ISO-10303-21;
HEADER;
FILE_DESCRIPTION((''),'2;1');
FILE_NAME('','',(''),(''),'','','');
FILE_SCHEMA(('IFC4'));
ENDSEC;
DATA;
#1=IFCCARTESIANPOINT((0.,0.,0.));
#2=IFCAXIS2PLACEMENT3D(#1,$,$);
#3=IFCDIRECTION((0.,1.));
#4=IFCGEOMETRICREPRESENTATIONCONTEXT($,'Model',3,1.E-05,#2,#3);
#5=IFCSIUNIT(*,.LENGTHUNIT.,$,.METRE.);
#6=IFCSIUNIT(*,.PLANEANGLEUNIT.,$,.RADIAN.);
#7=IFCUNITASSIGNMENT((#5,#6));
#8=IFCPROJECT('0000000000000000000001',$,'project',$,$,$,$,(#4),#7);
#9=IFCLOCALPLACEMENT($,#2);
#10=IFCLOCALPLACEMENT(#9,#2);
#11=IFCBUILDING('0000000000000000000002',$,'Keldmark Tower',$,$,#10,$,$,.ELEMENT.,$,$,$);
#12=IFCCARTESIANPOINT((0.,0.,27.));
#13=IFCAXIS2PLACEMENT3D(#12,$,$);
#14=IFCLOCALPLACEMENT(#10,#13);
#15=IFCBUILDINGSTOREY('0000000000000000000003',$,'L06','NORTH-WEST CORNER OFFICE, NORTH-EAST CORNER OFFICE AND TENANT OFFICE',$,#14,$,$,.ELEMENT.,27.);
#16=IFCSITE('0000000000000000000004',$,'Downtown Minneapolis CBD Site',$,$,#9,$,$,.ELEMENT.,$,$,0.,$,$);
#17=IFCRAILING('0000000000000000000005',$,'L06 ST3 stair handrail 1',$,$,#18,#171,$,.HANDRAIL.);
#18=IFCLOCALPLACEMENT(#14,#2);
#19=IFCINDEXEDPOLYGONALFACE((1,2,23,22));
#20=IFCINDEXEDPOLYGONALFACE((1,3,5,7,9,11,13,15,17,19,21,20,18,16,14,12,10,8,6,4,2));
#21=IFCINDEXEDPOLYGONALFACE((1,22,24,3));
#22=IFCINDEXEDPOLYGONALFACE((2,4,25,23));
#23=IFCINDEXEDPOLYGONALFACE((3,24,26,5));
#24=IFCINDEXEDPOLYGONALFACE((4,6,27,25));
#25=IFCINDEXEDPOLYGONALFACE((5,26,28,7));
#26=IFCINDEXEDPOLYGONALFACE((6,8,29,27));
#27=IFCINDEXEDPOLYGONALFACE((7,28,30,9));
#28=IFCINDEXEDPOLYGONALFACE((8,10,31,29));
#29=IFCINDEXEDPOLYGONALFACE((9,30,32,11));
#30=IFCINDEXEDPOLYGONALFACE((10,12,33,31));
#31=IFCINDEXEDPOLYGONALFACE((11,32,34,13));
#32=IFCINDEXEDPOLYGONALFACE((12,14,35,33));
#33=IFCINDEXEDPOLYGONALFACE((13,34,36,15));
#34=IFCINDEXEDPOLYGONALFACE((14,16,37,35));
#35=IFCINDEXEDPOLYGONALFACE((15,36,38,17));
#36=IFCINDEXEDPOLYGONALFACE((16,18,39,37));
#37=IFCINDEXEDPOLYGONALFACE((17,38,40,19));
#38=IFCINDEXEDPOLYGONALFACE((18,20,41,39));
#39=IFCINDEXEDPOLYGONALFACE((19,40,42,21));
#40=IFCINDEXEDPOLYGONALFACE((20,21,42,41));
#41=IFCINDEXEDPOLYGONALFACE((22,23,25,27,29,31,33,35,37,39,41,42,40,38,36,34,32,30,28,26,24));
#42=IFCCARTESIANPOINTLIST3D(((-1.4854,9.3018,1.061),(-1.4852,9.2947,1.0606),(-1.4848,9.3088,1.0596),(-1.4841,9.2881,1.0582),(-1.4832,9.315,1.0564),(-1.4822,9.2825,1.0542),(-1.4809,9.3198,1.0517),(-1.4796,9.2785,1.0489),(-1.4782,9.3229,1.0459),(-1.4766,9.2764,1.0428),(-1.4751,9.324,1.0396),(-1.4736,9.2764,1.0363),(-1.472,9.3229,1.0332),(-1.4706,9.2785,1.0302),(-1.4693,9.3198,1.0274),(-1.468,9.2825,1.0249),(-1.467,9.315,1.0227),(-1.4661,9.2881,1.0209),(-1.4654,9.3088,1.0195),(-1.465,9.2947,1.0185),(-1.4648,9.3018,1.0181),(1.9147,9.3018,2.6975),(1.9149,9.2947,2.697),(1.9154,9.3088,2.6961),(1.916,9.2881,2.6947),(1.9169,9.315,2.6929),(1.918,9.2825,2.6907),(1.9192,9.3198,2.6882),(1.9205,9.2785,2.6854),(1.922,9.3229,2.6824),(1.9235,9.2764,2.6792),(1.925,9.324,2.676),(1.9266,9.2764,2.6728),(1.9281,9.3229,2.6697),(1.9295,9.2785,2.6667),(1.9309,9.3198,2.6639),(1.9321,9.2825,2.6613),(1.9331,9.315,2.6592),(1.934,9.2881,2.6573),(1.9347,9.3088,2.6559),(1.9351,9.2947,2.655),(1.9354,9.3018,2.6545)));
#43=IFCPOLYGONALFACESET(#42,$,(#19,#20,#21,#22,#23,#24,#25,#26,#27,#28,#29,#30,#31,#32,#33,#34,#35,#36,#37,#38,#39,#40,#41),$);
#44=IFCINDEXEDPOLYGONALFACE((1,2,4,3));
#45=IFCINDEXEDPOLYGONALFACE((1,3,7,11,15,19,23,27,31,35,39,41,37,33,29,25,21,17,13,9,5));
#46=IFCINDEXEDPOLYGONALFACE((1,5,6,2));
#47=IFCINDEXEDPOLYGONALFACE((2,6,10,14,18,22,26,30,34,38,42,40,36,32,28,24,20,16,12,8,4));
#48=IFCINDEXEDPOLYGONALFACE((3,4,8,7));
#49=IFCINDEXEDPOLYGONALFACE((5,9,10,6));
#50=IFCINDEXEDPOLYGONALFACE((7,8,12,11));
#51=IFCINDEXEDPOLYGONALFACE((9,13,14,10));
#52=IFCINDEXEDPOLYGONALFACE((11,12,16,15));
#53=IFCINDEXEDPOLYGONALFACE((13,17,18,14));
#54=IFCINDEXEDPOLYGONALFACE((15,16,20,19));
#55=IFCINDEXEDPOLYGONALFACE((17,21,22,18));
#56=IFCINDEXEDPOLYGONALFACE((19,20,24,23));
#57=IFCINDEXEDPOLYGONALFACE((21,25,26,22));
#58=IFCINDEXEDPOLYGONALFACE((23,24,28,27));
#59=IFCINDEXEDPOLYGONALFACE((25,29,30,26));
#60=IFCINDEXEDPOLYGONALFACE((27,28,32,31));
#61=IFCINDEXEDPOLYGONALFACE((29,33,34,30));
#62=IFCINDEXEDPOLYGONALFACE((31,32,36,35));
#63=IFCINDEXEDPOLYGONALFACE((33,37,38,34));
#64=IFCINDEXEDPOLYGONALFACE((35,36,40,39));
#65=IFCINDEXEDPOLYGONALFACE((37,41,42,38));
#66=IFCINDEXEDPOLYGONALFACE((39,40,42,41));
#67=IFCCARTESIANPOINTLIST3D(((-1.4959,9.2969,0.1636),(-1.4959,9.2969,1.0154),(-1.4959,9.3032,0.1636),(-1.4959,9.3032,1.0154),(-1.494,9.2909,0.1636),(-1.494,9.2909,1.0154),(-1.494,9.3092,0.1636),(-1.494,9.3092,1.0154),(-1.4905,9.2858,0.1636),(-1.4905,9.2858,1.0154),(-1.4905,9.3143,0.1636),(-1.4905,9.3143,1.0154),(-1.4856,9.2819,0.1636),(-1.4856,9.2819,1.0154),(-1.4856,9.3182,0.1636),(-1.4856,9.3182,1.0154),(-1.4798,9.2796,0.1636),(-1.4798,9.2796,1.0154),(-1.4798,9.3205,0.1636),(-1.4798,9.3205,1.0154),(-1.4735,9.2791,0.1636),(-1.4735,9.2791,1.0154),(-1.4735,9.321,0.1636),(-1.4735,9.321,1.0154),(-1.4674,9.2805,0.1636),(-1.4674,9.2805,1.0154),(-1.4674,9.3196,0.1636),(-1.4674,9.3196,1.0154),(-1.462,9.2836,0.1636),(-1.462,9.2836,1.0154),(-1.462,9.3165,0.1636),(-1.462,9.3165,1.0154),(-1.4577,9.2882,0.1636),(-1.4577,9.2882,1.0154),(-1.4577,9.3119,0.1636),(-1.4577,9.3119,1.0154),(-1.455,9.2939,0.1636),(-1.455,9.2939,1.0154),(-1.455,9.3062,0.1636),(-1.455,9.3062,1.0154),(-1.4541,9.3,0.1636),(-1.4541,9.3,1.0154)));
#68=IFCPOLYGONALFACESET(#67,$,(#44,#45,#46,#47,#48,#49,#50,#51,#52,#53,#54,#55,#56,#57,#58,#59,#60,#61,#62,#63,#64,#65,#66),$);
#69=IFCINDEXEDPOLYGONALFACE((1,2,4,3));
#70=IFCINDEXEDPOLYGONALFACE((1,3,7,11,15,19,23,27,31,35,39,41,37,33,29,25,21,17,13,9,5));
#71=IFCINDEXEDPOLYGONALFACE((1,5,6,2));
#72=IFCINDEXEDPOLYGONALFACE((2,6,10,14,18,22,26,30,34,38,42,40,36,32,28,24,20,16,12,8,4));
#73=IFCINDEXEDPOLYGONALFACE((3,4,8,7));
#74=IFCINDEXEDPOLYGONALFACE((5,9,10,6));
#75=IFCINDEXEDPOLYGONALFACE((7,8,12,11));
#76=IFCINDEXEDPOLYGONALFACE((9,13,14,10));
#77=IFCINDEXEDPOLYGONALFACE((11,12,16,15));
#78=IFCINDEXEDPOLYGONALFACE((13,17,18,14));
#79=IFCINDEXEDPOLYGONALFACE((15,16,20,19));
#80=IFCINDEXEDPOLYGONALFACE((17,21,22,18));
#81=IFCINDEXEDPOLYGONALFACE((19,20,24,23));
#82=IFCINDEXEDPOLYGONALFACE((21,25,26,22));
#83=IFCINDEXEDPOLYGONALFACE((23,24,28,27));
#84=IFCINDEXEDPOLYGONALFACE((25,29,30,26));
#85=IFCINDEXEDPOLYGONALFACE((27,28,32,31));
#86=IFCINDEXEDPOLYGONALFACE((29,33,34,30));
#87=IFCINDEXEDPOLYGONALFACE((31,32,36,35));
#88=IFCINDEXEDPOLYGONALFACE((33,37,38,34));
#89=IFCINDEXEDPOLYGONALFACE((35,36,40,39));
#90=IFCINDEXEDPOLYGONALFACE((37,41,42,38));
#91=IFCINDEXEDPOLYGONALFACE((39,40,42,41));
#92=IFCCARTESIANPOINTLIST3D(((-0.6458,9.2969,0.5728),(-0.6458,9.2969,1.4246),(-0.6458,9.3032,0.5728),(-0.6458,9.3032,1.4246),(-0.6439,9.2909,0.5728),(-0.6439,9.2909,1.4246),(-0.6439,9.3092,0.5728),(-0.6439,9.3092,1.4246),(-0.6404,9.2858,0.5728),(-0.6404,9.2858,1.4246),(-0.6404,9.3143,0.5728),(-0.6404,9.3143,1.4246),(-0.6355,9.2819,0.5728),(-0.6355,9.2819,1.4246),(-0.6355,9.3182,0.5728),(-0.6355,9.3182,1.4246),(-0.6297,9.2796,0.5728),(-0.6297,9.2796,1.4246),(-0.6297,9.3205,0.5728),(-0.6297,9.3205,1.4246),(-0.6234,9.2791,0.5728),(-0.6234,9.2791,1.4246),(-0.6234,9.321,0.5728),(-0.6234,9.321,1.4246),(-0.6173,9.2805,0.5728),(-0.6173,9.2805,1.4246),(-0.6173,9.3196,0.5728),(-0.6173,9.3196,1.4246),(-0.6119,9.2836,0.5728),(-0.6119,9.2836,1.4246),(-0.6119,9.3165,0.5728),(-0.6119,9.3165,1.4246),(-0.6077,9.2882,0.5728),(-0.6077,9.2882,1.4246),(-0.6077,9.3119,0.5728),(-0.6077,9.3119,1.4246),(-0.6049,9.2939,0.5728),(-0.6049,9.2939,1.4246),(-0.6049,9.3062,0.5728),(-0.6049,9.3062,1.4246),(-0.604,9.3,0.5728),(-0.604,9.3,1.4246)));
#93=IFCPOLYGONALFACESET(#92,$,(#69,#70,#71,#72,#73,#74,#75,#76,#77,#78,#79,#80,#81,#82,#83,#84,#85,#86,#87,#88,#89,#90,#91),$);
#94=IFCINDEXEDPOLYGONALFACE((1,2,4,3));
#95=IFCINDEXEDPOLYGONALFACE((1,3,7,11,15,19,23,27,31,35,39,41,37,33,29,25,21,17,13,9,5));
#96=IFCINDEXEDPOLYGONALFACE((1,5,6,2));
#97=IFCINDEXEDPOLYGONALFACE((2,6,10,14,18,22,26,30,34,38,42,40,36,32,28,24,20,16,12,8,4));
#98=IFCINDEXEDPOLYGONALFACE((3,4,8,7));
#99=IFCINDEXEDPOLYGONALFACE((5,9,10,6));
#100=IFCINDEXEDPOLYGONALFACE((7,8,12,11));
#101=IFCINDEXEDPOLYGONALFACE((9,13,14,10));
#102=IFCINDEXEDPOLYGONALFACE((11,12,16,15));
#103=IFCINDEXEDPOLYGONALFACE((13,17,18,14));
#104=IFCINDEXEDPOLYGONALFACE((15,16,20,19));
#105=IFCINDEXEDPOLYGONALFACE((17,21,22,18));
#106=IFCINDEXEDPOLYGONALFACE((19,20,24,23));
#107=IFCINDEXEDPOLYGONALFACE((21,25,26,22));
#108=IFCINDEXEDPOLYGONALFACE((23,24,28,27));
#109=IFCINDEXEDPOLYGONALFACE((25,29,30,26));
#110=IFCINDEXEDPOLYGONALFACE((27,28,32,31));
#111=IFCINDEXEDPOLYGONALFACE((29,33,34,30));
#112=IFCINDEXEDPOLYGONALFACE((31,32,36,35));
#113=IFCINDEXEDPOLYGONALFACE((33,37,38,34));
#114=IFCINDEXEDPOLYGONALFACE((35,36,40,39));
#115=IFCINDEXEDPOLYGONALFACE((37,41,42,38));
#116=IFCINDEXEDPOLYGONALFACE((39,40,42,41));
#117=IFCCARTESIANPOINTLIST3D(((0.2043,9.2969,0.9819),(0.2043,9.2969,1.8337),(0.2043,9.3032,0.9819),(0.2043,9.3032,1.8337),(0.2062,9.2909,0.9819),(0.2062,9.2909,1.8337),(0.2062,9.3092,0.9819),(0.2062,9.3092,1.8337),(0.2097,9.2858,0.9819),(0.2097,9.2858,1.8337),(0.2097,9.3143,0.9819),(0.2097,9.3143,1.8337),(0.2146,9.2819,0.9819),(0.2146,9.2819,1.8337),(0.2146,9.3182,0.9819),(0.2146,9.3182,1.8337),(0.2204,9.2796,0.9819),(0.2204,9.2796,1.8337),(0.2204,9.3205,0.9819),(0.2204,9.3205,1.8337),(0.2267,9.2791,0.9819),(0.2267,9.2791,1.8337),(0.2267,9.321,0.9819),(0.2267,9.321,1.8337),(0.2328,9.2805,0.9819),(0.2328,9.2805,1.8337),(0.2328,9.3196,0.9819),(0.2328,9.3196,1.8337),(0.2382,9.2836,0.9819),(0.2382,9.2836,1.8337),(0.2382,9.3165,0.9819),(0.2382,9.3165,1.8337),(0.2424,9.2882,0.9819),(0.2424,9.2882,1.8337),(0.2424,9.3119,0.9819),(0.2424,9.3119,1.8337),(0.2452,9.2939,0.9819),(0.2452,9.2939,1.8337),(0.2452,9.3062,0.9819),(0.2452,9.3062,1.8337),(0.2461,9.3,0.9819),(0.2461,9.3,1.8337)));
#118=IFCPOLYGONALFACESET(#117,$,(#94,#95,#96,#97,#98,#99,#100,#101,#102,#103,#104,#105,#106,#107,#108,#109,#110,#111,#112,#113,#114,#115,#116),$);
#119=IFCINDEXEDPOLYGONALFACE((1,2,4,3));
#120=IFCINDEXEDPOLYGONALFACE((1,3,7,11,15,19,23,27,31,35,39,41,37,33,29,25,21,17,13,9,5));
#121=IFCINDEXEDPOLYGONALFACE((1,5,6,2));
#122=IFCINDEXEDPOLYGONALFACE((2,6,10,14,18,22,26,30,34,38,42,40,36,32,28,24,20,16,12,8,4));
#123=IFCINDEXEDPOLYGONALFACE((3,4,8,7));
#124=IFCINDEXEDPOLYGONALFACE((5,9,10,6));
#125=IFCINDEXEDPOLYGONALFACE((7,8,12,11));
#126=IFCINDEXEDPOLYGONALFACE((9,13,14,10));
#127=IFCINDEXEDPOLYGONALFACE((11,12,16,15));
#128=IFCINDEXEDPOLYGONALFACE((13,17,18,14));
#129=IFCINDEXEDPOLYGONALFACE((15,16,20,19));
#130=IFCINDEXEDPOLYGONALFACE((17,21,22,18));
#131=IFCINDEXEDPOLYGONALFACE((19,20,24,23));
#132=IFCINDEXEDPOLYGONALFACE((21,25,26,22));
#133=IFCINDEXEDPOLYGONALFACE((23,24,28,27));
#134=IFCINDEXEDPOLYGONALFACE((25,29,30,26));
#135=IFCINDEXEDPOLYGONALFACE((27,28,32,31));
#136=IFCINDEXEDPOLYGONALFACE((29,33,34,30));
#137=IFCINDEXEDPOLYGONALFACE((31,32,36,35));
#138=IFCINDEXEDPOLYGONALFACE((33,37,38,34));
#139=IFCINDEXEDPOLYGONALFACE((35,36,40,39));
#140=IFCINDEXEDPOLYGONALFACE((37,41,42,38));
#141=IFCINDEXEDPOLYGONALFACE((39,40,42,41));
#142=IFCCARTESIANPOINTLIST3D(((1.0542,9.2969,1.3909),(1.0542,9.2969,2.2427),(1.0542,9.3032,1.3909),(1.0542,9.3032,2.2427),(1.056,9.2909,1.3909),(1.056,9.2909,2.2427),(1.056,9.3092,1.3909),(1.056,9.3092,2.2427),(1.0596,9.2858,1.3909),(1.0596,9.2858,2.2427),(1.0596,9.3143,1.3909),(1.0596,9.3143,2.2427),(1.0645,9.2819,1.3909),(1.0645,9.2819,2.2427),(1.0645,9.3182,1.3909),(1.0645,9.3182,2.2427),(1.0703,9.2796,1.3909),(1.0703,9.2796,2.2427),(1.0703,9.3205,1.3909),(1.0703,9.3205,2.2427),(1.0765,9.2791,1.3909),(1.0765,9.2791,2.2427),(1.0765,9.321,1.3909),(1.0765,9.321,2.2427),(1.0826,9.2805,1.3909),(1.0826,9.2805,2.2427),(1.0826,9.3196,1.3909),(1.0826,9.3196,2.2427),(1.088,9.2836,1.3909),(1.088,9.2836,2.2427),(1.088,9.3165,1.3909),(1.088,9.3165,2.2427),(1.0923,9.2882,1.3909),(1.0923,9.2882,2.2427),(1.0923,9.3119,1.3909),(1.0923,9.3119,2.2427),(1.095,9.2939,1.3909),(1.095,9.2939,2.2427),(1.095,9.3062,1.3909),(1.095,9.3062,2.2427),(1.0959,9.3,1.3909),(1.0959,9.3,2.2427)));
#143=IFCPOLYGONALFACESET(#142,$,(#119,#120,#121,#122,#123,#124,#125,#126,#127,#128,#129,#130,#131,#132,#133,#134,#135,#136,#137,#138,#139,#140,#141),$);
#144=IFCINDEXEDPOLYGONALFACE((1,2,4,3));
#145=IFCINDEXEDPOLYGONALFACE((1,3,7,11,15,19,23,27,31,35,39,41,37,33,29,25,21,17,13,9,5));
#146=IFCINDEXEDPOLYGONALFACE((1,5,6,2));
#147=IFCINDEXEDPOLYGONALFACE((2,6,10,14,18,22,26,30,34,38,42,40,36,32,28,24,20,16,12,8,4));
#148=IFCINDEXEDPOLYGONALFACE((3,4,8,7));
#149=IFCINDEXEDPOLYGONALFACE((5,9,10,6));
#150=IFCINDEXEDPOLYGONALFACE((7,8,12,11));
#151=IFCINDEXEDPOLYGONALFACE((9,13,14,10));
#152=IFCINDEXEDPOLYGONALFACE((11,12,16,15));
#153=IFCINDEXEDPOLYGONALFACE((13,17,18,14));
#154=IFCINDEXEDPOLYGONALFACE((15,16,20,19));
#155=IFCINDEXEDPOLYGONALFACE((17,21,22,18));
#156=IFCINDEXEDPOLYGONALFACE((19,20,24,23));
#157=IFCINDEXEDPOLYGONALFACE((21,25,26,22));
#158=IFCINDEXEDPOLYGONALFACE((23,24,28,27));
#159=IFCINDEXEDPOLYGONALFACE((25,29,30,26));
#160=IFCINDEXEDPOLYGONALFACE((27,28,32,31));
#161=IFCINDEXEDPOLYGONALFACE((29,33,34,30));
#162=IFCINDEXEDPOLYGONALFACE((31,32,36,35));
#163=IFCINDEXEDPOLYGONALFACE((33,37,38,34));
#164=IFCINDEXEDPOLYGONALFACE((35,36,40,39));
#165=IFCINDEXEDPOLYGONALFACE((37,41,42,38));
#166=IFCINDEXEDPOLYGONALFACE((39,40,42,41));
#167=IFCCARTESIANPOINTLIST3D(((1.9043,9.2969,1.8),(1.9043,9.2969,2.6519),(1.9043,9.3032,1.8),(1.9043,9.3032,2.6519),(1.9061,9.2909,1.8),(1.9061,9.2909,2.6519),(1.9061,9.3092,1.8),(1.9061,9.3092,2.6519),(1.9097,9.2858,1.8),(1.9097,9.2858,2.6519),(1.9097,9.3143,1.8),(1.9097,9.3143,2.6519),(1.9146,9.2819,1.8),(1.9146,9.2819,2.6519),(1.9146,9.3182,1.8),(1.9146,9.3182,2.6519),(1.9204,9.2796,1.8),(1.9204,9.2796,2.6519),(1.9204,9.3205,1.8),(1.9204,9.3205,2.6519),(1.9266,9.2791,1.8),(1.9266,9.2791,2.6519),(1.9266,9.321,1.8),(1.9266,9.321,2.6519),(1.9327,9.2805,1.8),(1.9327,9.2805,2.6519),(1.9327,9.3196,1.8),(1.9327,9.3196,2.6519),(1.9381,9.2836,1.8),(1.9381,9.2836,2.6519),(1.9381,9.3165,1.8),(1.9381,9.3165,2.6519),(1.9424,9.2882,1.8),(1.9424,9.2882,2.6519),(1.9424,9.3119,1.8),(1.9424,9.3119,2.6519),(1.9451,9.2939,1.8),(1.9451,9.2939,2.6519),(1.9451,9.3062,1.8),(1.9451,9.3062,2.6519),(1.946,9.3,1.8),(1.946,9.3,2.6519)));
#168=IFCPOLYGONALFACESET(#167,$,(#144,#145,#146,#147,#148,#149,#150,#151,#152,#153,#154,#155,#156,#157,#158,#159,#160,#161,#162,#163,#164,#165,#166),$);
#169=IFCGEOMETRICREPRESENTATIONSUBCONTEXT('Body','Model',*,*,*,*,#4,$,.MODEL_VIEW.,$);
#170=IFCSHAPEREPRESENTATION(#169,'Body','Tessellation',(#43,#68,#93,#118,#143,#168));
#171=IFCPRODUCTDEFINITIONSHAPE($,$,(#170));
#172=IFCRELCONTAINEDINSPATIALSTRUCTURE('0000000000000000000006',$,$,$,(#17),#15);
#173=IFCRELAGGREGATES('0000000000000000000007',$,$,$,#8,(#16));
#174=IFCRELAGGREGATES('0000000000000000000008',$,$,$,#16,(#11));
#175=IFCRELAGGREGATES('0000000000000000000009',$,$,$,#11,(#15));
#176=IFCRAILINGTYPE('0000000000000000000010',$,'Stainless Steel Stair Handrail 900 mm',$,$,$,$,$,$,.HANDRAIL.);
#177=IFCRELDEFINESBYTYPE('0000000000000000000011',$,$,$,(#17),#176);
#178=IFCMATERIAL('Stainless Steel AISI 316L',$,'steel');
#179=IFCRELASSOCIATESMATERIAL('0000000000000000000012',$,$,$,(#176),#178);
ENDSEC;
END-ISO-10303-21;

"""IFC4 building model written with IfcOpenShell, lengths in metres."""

from ifc_helpers import new_model, si_unit, direction, frame, origin, origin_2d, place, context, subcontext, project, spatial, circle, extrude, material, type_object, element, save


model = new_model("IFC4")

# Units and contexts
model_context = context("Model", 3, precision=1e-05, world=origin(), true_north=direction((0.0, 1.0)))
body_context = subcontext(model_context, "Body", "Model", "MODEL_VIEW")
ifc_project = project(units=[si_unit("LENGTHUNIT", "METRE"), si_unit("PLANEANGLEUNIT", "RADIAN")], contexts=[model_context])

# Site, building, storey
site_placement = place(None, origin())
site = spatial("IfcSite", under=ifc_project, at=site_placement, Name="Downtown Minneapolis CBD Site", CompositionType="ELEMENT", RefElevation=0.0)
building_placement = place(site_placement, origin())
building = spatial("IfcBuilding", under=site, at=building_placement, Name="Keldmark Tower", CompositionType="ELEMENT")
storey_placement = place(building_placement, frame((0.0, 0.0, 27.0)))
storey = spatial("IfcBuildingStorey", under=building, at=storey_placement, Name="L06", Description="NORTH-WEST CORNER OFFICE, NORTH-EAST CORNER OFFICE AND TENANT OFFICE", CompositionType="ELEMENT", Elevation=27.0)

# Railing
ifc_material_1 = material(Name="Stainless Steel AISI 316L", Category="steel")
railing_type = type_object("IfcRailingType", Name="Stainless Steel Stair Handrail 900 mm", PredefinedType="HANDRAIL", material=ifc_material_1)
railing_placement = place(storey_placement, frame((-1.4751, 9.3, 0.1636)))
element("IfcRailing", 1, at=railing_placement, inside=storey, type_object=railing_type, Name="L06 ST3 stair handrail 1", PredefinedType="HANDRAIL", context=body_context, shape_type="SweptSolid", body=[
    extrude(circle(Radius=0.0239, at=origin_2d()), frame((0.0, 0.0, 0.876), z_axis=(0.901067, 0.0, 0.433679), x_axis=(0.0, 1.0, 0.0)), (0.0, 0.0, 1.0), 3.7734),
    extrude(circle(Radius=0.021, at=origin_2d()), origin(), (0.0, 0.0, 1.0), 0.8518),
    extrude(circle(Radius=0.021, at=origin_2d()), frame((0.8501, 0.0, 0.4092)), (0.0, 0.0, 1.0), 0.8518),
    extrude(circle(Radius=0.021, at=origin_2d()), frame((1.7002, 0.0, 0.8184)), (0.0, 0.0, 1.0), 0.8518),
    extrude(circle(Radius=0.021, at=origin_2d()), frame((2.55, 0.0, 1.2273)), (0.0, 0.0, 1.0), 0.8518),
    extrude(circle(Radius=0.021, at=origin_2d()), frame((3.4001, 0.0, 1.6365)), (0.0, 0.0, 1.0), 0.8518),
])

save(model, "model.ifc")
